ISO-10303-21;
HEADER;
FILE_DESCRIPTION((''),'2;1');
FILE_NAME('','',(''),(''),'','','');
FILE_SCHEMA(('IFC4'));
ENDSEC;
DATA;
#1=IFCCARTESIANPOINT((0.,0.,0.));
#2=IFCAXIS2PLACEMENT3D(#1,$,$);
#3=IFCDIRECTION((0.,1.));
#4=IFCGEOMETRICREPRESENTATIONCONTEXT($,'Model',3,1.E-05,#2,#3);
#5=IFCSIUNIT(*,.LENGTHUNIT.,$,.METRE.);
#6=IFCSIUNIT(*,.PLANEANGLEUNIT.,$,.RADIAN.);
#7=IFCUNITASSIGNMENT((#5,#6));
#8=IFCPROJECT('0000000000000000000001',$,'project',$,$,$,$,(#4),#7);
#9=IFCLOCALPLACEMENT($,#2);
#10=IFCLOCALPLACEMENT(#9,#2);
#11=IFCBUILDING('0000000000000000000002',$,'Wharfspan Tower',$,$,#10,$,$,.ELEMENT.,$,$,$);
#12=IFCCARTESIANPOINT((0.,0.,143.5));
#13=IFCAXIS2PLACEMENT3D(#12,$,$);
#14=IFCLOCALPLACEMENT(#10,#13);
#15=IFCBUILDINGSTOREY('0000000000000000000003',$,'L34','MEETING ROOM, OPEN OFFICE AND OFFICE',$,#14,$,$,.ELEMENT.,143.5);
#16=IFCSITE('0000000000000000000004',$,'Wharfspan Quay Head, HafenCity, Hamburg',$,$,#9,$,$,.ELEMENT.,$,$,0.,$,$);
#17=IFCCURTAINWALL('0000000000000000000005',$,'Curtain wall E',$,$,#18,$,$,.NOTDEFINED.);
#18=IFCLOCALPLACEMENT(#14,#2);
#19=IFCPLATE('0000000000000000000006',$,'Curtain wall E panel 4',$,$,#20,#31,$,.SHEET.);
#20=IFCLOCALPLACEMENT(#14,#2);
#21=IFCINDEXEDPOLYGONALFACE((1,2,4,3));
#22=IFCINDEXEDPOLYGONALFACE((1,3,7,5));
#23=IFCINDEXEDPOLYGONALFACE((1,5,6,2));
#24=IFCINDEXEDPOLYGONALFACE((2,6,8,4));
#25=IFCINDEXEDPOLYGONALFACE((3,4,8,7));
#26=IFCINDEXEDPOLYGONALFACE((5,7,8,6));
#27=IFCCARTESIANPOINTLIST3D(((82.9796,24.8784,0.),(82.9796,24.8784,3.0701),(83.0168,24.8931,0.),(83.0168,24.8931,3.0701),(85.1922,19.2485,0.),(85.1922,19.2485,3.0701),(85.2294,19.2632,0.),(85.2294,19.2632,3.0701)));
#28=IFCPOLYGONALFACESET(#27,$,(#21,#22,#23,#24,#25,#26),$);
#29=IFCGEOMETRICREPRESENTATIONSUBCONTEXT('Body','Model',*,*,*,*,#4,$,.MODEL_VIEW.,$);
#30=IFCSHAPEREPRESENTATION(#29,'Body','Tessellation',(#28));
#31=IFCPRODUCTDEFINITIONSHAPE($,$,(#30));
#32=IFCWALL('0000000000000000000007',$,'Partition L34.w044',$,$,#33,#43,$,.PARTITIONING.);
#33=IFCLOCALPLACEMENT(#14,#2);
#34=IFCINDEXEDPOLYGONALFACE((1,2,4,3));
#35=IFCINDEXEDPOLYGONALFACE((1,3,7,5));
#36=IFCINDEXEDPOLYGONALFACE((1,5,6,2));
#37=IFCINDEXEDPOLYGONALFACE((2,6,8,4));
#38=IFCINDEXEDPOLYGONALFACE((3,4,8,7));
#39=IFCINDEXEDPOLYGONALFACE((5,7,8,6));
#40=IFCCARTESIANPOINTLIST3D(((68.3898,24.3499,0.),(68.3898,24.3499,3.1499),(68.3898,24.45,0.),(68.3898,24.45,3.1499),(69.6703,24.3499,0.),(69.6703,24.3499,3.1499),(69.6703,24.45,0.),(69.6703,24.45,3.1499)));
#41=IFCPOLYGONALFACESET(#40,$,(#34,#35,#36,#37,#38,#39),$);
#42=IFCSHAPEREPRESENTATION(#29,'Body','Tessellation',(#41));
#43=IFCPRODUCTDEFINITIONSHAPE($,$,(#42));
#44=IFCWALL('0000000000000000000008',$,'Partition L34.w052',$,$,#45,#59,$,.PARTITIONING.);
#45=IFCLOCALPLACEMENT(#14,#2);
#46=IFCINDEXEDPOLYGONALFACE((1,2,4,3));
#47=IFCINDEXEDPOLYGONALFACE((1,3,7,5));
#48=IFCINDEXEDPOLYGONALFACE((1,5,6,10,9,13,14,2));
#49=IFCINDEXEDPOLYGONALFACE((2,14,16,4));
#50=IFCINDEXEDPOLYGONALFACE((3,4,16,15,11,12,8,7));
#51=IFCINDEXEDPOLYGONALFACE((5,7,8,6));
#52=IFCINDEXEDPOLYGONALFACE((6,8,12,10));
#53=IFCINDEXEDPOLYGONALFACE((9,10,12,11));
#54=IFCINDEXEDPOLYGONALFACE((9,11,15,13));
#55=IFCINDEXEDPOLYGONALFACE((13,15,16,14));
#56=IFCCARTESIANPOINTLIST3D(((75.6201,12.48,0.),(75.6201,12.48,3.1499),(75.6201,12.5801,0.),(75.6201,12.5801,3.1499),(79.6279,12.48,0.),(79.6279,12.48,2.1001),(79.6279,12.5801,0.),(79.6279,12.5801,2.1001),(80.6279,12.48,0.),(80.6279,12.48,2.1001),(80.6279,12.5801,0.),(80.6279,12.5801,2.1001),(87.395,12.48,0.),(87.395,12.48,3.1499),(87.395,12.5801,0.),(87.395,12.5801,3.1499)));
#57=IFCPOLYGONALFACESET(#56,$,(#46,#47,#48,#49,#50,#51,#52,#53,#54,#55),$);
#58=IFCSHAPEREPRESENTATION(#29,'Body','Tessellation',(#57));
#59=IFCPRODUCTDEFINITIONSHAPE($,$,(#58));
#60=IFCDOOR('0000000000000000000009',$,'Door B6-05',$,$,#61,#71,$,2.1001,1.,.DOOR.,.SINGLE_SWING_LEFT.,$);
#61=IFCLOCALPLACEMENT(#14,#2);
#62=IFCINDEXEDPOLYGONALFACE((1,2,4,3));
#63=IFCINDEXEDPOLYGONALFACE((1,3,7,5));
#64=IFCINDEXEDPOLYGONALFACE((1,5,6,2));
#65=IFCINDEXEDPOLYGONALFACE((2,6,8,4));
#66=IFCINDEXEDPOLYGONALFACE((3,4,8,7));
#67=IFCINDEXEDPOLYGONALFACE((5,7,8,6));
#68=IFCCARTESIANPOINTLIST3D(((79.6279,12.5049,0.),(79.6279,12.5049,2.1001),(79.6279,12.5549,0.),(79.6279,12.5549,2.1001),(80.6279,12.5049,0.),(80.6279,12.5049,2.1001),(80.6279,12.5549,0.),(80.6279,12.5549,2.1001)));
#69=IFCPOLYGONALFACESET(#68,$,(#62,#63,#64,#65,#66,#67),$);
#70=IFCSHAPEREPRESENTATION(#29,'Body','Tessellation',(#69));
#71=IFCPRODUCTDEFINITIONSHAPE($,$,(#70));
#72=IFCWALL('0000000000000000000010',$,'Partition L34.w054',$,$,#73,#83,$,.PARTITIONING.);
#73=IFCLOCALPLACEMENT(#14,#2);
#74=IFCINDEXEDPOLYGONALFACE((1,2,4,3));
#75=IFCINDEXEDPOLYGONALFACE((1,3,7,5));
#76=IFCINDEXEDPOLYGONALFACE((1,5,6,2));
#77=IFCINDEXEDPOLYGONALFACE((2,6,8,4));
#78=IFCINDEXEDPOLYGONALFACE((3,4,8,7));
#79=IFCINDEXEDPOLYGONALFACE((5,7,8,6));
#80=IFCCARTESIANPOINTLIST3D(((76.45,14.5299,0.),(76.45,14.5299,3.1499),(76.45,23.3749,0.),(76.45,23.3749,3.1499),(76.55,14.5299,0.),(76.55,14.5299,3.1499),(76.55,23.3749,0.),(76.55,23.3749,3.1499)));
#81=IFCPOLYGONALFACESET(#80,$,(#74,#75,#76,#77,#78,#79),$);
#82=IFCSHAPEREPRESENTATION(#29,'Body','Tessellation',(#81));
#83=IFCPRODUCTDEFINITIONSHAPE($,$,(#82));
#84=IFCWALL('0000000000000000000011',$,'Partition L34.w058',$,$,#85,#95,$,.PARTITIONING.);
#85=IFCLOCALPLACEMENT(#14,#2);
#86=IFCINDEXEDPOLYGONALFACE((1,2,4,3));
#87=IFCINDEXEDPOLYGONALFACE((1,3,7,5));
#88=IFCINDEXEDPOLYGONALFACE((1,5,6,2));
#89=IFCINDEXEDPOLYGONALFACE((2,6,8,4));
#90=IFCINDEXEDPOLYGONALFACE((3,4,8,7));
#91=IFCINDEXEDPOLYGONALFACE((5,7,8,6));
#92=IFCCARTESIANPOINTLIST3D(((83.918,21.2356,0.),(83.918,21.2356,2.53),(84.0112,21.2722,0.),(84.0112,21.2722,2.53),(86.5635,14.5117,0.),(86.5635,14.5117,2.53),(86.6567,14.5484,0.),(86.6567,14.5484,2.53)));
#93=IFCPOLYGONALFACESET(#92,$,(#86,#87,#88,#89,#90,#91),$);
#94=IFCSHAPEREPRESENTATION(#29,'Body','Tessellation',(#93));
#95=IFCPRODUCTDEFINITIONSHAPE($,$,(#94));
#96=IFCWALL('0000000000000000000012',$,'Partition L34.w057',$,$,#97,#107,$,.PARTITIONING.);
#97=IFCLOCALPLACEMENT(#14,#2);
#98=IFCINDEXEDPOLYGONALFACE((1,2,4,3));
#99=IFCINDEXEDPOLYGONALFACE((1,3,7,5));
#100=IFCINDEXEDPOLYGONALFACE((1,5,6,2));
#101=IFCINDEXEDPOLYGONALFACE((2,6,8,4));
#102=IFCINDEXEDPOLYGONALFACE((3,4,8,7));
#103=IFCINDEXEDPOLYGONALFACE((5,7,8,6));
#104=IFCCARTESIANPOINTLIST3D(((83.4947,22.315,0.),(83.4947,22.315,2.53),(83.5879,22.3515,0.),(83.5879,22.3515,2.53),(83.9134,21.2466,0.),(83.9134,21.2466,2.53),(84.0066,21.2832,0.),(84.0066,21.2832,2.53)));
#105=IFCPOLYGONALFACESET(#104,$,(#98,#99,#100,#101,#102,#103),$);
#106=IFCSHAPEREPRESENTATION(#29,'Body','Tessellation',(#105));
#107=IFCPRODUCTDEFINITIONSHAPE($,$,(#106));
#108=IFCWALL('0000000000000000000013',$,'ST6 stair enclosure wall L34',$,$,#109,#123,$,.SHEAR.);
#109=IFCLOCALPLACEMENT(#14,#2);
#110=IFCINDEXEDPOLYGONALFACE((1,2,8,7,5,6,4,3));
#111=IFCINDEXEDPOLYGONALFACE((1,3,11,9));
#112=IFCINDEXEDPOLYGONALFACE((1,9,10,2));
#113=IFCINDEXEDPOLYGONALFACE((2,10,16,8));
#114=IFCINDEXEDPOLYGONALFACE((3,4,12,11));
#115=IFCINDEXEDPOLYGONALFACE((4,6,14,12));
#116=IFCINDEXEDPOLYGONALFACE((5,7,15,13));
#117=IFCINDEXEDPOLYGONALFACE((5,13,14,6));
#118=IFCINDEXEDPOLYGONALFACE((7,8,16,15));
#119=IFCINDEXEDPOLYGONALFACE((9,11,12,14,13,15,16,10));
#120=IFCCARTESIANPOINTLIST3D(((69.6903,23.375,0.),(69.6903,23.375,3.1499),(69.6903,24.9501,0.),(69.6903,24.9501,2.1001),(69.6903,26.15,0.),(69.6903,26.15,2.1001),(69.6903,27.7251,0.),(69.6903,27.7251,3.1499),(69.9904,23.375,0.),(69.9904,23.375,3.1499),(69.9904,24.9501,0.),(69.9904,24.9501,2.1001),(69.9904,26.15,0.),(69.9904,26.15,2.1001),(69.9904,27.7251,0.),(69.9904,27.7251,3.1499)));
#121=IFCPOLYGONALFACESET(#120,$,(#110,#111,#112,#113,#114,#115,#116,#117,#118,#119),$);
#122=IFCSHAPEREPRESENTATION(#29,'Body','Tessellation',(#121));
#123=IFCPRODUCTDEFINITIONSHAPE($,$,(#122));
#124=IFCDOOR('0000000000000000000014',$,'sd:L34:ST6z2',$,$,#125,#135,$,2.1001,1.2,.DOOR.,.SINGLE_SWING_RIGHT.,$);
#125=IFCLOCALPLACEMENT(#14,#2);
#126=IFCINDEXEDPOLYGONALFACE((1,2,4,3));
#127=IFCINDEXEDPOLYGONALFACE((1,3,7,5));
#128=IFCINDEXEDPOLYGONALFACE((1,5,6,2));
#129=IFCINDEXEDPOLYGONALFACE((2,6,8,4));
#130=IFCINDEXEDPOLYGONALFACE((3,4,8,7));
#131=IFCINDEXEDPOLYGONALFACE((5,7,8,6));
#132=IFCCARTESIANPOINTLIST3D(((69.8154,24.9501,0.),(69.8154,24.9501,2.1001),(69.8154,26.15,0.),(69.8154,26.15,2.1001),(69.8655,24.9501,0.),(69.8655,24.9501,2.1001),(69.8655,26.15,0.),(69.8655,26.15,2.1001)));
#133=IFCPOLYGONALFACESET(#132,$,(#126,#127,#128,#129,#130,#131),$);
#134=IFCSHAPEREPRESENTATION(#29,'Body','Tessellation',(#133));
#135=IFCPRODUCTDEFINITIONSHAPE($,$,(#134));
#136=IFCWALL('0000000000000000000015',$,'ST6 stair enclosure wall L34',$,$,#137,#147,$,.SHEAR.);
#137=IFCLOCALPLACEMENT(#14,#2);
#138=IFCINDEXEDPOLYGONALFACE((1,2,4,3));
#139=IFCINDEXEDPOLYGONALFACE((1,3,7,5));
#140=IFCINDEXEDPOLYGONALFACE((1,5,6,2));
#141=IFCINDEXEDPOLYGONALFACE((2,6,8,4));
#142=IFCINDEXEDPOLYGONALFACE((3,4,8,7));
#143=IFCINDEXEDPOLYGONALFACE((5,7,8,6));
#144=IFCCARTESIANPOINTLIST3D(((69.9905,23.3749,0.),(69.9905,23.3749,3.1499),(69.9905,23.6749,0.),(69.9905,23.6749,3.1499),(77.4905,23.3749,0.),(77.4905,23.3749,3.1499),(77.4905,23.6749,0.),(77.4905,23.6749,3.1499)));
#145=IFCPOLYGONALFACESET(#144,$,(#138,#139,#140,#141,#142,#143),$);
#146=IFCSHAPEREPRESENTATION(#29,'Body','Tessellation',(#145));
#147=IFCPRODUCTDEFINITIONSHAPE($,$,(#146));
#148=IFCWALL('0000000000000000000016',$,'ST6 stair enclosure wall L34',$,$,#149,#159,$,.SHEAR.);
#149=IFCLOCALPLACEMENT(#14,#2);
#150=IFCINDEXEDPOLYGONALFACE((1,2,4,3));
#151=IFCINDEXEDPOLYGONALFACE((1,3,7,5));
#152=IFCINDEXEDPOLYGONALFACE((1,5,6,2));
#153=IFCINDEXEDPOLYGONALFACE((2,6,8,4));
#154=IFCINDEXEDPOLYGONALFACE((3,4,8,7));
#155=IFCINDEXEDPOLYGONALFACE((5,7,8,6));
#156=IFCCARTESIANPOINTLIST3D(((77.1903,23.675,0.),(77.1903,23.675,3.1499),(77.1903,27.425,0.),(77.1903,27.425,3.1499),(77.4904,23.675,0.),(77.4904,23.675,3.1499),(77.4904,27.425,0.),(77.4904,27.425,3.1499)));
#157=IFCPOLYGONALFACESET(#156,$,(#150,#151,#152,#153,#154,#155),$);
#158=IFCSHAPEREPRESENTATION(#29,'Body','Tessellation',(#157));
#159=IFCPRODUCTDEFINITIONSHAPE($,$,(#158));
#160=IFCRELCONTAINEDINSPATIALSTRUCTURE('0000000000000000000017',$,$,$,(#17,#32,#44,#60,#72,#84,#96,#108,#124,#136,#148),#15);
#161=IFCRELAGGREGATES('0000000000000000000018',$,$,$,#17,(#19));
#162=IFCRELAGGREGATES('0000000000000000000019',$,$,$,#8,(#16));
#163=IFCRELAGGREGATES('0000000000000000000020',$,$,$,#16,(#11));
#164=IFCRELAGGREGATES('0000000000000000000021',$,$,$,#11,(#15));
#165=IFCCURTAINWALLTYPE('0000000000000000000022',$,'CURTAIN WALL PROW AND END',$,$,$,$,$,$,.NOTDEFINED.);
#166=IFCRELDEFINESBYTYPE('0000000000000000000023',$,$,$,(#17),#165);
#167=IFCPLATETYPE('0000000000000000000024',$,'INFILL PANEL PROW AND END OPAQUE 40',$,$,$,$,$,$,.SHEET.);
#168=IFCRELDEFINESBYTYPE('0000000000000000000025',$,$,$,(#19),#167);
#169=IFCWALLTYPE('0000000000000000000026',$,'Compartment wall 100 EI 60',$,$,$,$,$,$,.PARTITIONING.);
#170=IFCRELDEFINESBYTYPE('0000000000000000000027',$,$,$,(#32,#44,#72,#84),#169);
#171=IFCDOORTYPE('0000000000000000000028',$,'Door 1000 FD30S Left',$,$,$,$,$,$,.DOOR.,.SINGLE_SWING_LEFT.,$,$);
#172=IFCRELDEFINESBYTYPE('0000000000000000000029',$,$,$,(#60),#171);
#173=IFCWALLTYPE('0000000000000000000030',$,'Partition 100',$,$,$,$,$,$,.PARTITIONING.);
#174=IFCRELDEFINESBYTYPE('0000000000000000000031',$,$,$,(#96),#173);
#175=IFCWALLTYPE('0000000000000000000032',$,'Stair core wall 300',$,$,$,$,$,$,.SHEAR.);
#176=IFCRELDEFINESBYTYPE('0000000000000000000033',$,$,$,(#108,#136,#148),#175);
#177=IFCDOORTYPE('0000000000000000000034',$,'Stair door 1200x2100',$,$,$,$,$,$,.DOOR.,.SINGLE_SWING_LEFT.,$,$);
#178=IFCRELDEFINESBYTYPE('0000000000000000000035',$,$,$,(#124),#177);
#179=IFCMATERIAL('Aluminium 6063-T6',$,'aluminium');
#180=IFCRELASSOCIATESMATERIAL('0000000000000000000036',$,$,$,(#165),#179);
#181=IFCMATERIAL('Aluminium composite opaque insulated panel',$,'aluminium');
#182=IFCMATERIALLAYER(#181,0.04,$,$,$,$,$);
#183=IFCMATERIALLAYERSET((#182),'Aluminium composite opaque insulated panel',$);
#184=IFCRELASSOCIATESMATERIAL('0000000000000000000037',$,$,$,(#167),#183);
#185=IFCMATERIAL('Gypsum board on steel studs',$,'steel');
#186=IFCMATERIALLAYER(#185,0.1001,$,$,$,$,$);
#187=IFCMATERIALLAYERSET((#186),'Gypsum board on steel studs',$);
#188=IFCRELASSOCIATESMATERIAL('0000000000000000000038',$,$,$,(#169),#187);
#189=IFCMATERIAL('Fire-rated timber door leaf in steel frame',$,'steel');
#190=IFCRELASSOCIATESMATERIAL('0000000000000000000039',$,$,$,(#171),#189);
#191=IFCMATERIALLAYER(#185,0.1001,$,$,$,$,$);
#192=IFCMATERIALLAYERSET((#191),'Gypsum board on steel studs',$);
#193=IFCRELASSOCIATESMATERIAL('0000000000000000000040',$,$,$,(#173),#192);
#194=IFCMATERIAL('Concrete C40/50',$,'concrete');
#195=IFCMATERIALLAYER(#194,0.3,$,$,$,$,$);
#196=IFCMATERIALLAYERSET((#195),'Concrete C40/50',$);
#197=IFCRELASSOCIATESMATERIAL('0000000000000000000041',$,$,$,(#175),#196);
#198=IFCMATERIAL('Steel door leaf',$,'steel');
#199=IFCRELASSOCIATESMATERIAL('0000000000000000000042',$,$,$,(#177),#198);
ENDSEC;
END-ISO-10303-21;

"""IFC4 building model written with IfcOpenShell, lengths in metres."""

from ifc_helpers import new_model, si_unit, direction, frame, frame_2d, origin, origin_2d, place, context, subcontext, project, spatial, rectangle, extrude, material, layer, layer_set, type_object, element, fill, aggregate, save


model = new_model("IFC4")

# Units and contexts
model_context = context("Model", 3, precision=1e-05, world=origin(), true_north=direction((0.0, 1.0)))
body_context = subcontext(model_context, "Body", "Model", "MODEL_VIEW")
ifc_project = project(units=[si_unit("LENGTHUNIT", "METRE"), si_unit("PLANEANGLEUNIT", "RADIAN")], contexts=[model_context])

# Site, building, storey
site_placement = place(None, origin())
site = spatial("IfcSite", under=ifc_project, at=site_placement, Name="Wharfspan Quay Head, HafenCity, Hamburg", CompositionType="ELEMENT", RefElevation=0.0)
building_placement = place(site_placement, origin())
building = spatial("IfcBuilding", under=site, at=building_placement, Name="Wharfspan Tower", CompositionType="ELEMENT")
storey_placement = place(building_placement, frame((0.0, 0.0, 143.5)))
storey = spatial("IfcBuildingStorey", under=building, at=storey_placement, Name="L34", Description="MEETING ROOM, OPEN OFFICE AND OFFICE", CompositionType="ELEMENT", Elevation=143.5)

# Curtain wall, plate
ifc_material_1 = material(Name="Aluminium 6063-T6", Category="aluminium")
curtain_wall_type = type_object("IfcCurtainWallType", Name="CURTAIN WALL PROW AND END", PredefinedType="NOTDEFINED", material=ifc_material_1)
curtain_wall_placement = place(storey_placement, origin())
curtain_wall = element("IfcCurtainWall", 1, at=curtain_wall_placement, inside=storey, type_object=curtain_wall_type, Name="Curtain wall E", PredefinedType="NOTDEFINED")
ifc_material_2 = material(Name="Aluminium composite opaque insulated panel", Category="aluminium")
ifc_layer_1 = layer(ifc_material_2, 0.04)
ifc_layer_set_1 = layer_set([ifc_layer_1], Name="Aluminium composite opaque insulated panel")
plate_type = type_object("IfcPlateType", Name="INFILL PANEL PROW AND END OPAQUE 40", PredefinedType="SHEET", material=ifc_layer_set_1)
plate_1_placement = place(storey_placement, frame((84.1045, 22.0708, 0.0), z_axis=(0.0, 0.0, 1.0), x_axis=(-0.365778, 0.930702, 0.0)))
plate_1 = element("IfcPlate", 2, at=plate_1_placement, type_object=plate_type, Name="Curtain wall E panel 4", PredefinedType="SHEET", context=body_context, shape_type="SweptSolid", body=[
    extrude(rectangle(XDim=6.0491, YDim=0.04, at=origin_2d()), origin(), (0.0, 0.0, 1.0), 3.0701),
])
aggregate(curtain_wall, [plate_1])

# Wall
ifc_material_3 = material(Name="Gypsum board on steel studs", Category="steel")
ifc_layer_2 = layer(ifc_material_3, 0.1001)
ifc_layer_set_2 = layer_set([ifc_layer_2], Name="Gypsum board on steel studs")
wall_type_1 = type_object("IfcWallType", Name="Compartment wall 100 EI 60", PredefinedType="PARTITIONING", material=ifc_layer_set_2)
wall_1_placement = place(storey_placement, frame((68.3899, 24.3999, 0.0), z_axis=(0.0, 0.0, 1.0), x_axis=(1.0, 0.0, 0.0)))
element("IfcWall", 3, at=wall_1_placement, inside=storey, type_object=wall_type_1, Name="Partition L34.w044", PredefinedType="PARTITIONING", context=body_context, shape_type="SweptSolid", body=[
    extrude(rectangle(XDim=1.2805, YDim=0.1001, at=frame_2d((0.6401, 0.0))), origin(), (0.0, 0.0, 1.0), 3.1499),
])

# Wall, opening, door
wall_2_placement = place(storey_placement, frame((75.6201, 12.53, 0.0), z_axis=(0.0, 0.0, 1.0), x_axis=(1.0, 0.0, 0.0)))
wall_2 = element("IfcWall", 4, at=wall_2_placement, inside=storey, type_object=wall_type_1, Name="Partition L34.w052", PredefinedType="PARTITIONING", context=body_context, shape_type="SweptSolid", body=[
    extrude(rectangle(XDim=11.7749, YDim=0.1001, at=frame_2d((5.8875, 0.0))), origin(), (0.0, 0.0, 1.0), 3.1499),
])
opening_1_placement = place(wall_2_placement, frame((4.0078, 0.0, 0.0)))
opening_1 = element("IfcOpeningElement", 5, at=opening_1_placement, cuts=wall_2, PredefinedType="OPENING", context=body_context, shape_type="SweptSolid", body=[
    extrude(rectangle(XDim=1.0, YDim=2.1001, at=frame_2d((0.5, 1.05))), frame((0.0, 0.0601, 0.0), z_axis=(0.0, -1.0, 0.0), x_axis=(1.0, 0.0, 0.0)), (0.0, 0.0, 1.0), 0.1201),
])
ifc_material_4 = material(Name="Fire-rated timber door leaf in steel frame", Category="steel")
door_type_1 = type_object("IfcDoorType", Name="Door 1000 FD30S Left", OperationType="SINGLE_SWING_LEFT", PredefinedType="DOOR", material=ifc_material_4)
door_1_placement = place(opening_1_placement, origin())
door_1 = element("IfcDoor", 6, at=door_1_placement, inside=storey, type_object=door_type_1, Name="Door B6-05", OperationType="SINGLE_SWING_LEFT", OverallHeight=2.1001, OverallWidth=1.0, PredefinedType="DOOR", context=body_context, shape_type="SweptSolid", body=[
    extrude(rectangle(XDim=1.0, YDim=2.1001, at=frame_2d((0.5, 1.05))), frame((0.0, 0.0249, 0.0), z_axis=(0.0, -1.0, 0.0), x_axis=(1.0, 0.0, 0.0)), (0.0, 0.0, 1.0), 0.05),
])
fill(opening_1, door_1)

# Walls
wall_3_placement = place(storey_placement, frame((76.5, 14.53, 0.0), z_axis=(0.0, 0.0, 1.0), x_axis=(0.0, 1.0, 0.0)))
element("IfcWall", 7, at=wall_3_placement, inside=storey, type_object=wall_type_1, Name="Partition L34.w054", PredefinedType="PARTITIONING", context=body_context, shape_type="SweptSolid", body=[
    extrude(rectangle(XDim=8.845, YDim=0.1001, at=frame_2d((4.4224, 0.0))), origin(), (0.0, 0.0, 1.0), 3.1499),
])
wall_4_placement = place(storey_placement, frame((86.6101, 14.53, 0.0), z_axis=(0.0, 0.0, 1.0), x_axis=(-0.366129, 0.930561, 0.0)))
element("IfcWall", 8, at=wall_4_placement, inside=storey, type_object=wall_type_1, Name="Partition L34.w058", PredefinedType="PARTITIONING", context=body_context, shape_type="SweptSolid", body=[
    extrude(rectangle(XDim=7.2256, YDim=0.1001, at=frame_2d((3.6128, 0.0))), origin(), (0.0, 0.0, 1.0), 2.53),
])
ifc_layer_3 = layer(ifc_material_3, 0.1001)
ifc_layer_set_3 = layer_set([ifc_layer_3], Name="Gypsum board on steel studs")
wall_type_2 = type_object("IfcWallType", Name="Partition 100", PredefinedType="PARTITIONING", material=ifc_layer_set_3)
wall_5_placement = place(storey_placement, frame((83.96, 21.2649, 0.0), z_axis=(0.0, 0.0, 1.0), x_axis=(-0.364889, 0.931052, 0.0)))
element("IfcWall", 9, at=wall_5_placement, inside=storey, type_object=wall_type_2, Name="Partition L34.w057", PredefinedType="PARTITIONING", context=body_context, shape_type="SweptSolid", body=[
    extrude(rectangle(XDim=1.1475, YDim=0.1001, at=frame_2d((0.5737, 0.0))), origin(), (0.0, 0.0, 1.0), 2.53),
])

# Wall, opening, door
ifc_material_5 = material(Name="Concrete C40/50", Category="concrete")
ifc_layer_4 = layer(ifc_material_5, 0.3)
ifc_layer_set_4 = layer_set([ifc_layer_4], Name="Concrete C40/50")
wall_type_3 = type_object("IfcWallType", Name="Stair core wall 300", PredefinedType="SHEAR", material=ifc_layer_set_4)
wall_6_placement = place(storey_placement, frame((69.8403, 23.375, 0.0), z_axis=(0.0, 0.0, 1.0), x_axis=(0.0, 1.0, 0.0)))
wall_6 = element("IfcWall", 10, at=wall_6_placement, inside=storey, type_object=wall_type_3, Name="ST6 stair enclosure wall L34", PredefinedType="SHEAR", context=body_context, shape_type="SweptSolid", body=[
    extrude(rectangle(XDim=4.3501, YDim=0.3, at=frame_2d((2.175, 0.0))), origin(), (0.0, 0.0, 1.0), 3.1499),
])
opening_2_placement = place(wall_6_placement, frame((1.575, 0.0, 0.0)))
opening_2 = element("IfcOpeningElement", 11, at=opening_2_placement, cuts=wall_6, PredefinedType="OPENING", context=body_context, shape_type="SweptSolid", body=[
    extrude(rectangle(XDim=1.2, YDim=2.1001, at=frame_2d((0.6001, 1.05))), frame((0.0, 0.1599, 0.0), z_axis=(0.0, -1.0, 0.0), x_axis=(1.0, 0.0, 0.0)), (0.0, 0.0, 1.0), 0.3201),
])
ifc_material_6 = material(Name="Steel door leaf", Category="steel")
door_type_2 = type_object("IfcDoorType", Name="Stair door 1200x2100", OperationType="SINGLE_SWING_LEFT", PredefinedType="DOOR", material=ifc_material_6)
door_2_placement = place(opening_2_placement, origin())
door_2 = element("IfcDoor", 12, at=door_2_placement, inside=storey, type_object=door_type_2, Name="sd:L34:ST6z2", OperationType="SINGLE_SWING_RIGHT", OverallHeight=2.1001, OverallWidth=1.2, PredefinedType="DOOR", context=body_context, shape_type="SweptSolid", body=[
    extrude(rectangle(XDim=1.2, YDim=2.1001, at=frame_2d((0.6001, 1.05))), frame((0.0, 0.0249, 0.0), z_axis=(0.0, -1.0, 0.0), x_axis=(1.0, 0.0, 0.0)), (0.0, 0.0, 1.0), 0.05),
])
fill(opening_2, door_2)

# Walls
wall_7_placement = place(storey_placement, frame((69.9905, 23.5249, 0.0), z_axis=(0.0, 0.0, 1.0), x_axis=(1.0, 0.0, 0.0)))
element("IfcWall", 13, at=wall_7_placement, inside=storey, type_object=wall_type_3, Name="ST6 stair enclosure wall L34", PredefinedType="SHEAR", context=body_context, shape_type="SweptSolid", body=[
    extrude(rectangle(XDim=7.5, YDim=0.3, at=frame_2d((3.75, 0.0))), origin(), (0.0, 0.0, 1.0), 3.1499),
])
wall_8_placement = place(storey_placement, frame((77.3403, 23.675, 0.0), z_axis=(0.0, 0.0, 1.0), x_axis=(0.0, 1.0, 0.0)))
element("IfcWall", 14, at=wall_8_placement, inside=storey, type_object=wall_type_3, Name="ST6 stair enclosure wall L34", PredefinedType="SHEAR", context=body_context, shape_type="SweptSolid", body=[
    extrude(rectangle(XDim=3.75, YDim=0.3, at=frame_2d((1.875, 0.0))), origin(), (0.0, 0.0, 1.0), 3.1499),
])

save(model, "model.ifc")
